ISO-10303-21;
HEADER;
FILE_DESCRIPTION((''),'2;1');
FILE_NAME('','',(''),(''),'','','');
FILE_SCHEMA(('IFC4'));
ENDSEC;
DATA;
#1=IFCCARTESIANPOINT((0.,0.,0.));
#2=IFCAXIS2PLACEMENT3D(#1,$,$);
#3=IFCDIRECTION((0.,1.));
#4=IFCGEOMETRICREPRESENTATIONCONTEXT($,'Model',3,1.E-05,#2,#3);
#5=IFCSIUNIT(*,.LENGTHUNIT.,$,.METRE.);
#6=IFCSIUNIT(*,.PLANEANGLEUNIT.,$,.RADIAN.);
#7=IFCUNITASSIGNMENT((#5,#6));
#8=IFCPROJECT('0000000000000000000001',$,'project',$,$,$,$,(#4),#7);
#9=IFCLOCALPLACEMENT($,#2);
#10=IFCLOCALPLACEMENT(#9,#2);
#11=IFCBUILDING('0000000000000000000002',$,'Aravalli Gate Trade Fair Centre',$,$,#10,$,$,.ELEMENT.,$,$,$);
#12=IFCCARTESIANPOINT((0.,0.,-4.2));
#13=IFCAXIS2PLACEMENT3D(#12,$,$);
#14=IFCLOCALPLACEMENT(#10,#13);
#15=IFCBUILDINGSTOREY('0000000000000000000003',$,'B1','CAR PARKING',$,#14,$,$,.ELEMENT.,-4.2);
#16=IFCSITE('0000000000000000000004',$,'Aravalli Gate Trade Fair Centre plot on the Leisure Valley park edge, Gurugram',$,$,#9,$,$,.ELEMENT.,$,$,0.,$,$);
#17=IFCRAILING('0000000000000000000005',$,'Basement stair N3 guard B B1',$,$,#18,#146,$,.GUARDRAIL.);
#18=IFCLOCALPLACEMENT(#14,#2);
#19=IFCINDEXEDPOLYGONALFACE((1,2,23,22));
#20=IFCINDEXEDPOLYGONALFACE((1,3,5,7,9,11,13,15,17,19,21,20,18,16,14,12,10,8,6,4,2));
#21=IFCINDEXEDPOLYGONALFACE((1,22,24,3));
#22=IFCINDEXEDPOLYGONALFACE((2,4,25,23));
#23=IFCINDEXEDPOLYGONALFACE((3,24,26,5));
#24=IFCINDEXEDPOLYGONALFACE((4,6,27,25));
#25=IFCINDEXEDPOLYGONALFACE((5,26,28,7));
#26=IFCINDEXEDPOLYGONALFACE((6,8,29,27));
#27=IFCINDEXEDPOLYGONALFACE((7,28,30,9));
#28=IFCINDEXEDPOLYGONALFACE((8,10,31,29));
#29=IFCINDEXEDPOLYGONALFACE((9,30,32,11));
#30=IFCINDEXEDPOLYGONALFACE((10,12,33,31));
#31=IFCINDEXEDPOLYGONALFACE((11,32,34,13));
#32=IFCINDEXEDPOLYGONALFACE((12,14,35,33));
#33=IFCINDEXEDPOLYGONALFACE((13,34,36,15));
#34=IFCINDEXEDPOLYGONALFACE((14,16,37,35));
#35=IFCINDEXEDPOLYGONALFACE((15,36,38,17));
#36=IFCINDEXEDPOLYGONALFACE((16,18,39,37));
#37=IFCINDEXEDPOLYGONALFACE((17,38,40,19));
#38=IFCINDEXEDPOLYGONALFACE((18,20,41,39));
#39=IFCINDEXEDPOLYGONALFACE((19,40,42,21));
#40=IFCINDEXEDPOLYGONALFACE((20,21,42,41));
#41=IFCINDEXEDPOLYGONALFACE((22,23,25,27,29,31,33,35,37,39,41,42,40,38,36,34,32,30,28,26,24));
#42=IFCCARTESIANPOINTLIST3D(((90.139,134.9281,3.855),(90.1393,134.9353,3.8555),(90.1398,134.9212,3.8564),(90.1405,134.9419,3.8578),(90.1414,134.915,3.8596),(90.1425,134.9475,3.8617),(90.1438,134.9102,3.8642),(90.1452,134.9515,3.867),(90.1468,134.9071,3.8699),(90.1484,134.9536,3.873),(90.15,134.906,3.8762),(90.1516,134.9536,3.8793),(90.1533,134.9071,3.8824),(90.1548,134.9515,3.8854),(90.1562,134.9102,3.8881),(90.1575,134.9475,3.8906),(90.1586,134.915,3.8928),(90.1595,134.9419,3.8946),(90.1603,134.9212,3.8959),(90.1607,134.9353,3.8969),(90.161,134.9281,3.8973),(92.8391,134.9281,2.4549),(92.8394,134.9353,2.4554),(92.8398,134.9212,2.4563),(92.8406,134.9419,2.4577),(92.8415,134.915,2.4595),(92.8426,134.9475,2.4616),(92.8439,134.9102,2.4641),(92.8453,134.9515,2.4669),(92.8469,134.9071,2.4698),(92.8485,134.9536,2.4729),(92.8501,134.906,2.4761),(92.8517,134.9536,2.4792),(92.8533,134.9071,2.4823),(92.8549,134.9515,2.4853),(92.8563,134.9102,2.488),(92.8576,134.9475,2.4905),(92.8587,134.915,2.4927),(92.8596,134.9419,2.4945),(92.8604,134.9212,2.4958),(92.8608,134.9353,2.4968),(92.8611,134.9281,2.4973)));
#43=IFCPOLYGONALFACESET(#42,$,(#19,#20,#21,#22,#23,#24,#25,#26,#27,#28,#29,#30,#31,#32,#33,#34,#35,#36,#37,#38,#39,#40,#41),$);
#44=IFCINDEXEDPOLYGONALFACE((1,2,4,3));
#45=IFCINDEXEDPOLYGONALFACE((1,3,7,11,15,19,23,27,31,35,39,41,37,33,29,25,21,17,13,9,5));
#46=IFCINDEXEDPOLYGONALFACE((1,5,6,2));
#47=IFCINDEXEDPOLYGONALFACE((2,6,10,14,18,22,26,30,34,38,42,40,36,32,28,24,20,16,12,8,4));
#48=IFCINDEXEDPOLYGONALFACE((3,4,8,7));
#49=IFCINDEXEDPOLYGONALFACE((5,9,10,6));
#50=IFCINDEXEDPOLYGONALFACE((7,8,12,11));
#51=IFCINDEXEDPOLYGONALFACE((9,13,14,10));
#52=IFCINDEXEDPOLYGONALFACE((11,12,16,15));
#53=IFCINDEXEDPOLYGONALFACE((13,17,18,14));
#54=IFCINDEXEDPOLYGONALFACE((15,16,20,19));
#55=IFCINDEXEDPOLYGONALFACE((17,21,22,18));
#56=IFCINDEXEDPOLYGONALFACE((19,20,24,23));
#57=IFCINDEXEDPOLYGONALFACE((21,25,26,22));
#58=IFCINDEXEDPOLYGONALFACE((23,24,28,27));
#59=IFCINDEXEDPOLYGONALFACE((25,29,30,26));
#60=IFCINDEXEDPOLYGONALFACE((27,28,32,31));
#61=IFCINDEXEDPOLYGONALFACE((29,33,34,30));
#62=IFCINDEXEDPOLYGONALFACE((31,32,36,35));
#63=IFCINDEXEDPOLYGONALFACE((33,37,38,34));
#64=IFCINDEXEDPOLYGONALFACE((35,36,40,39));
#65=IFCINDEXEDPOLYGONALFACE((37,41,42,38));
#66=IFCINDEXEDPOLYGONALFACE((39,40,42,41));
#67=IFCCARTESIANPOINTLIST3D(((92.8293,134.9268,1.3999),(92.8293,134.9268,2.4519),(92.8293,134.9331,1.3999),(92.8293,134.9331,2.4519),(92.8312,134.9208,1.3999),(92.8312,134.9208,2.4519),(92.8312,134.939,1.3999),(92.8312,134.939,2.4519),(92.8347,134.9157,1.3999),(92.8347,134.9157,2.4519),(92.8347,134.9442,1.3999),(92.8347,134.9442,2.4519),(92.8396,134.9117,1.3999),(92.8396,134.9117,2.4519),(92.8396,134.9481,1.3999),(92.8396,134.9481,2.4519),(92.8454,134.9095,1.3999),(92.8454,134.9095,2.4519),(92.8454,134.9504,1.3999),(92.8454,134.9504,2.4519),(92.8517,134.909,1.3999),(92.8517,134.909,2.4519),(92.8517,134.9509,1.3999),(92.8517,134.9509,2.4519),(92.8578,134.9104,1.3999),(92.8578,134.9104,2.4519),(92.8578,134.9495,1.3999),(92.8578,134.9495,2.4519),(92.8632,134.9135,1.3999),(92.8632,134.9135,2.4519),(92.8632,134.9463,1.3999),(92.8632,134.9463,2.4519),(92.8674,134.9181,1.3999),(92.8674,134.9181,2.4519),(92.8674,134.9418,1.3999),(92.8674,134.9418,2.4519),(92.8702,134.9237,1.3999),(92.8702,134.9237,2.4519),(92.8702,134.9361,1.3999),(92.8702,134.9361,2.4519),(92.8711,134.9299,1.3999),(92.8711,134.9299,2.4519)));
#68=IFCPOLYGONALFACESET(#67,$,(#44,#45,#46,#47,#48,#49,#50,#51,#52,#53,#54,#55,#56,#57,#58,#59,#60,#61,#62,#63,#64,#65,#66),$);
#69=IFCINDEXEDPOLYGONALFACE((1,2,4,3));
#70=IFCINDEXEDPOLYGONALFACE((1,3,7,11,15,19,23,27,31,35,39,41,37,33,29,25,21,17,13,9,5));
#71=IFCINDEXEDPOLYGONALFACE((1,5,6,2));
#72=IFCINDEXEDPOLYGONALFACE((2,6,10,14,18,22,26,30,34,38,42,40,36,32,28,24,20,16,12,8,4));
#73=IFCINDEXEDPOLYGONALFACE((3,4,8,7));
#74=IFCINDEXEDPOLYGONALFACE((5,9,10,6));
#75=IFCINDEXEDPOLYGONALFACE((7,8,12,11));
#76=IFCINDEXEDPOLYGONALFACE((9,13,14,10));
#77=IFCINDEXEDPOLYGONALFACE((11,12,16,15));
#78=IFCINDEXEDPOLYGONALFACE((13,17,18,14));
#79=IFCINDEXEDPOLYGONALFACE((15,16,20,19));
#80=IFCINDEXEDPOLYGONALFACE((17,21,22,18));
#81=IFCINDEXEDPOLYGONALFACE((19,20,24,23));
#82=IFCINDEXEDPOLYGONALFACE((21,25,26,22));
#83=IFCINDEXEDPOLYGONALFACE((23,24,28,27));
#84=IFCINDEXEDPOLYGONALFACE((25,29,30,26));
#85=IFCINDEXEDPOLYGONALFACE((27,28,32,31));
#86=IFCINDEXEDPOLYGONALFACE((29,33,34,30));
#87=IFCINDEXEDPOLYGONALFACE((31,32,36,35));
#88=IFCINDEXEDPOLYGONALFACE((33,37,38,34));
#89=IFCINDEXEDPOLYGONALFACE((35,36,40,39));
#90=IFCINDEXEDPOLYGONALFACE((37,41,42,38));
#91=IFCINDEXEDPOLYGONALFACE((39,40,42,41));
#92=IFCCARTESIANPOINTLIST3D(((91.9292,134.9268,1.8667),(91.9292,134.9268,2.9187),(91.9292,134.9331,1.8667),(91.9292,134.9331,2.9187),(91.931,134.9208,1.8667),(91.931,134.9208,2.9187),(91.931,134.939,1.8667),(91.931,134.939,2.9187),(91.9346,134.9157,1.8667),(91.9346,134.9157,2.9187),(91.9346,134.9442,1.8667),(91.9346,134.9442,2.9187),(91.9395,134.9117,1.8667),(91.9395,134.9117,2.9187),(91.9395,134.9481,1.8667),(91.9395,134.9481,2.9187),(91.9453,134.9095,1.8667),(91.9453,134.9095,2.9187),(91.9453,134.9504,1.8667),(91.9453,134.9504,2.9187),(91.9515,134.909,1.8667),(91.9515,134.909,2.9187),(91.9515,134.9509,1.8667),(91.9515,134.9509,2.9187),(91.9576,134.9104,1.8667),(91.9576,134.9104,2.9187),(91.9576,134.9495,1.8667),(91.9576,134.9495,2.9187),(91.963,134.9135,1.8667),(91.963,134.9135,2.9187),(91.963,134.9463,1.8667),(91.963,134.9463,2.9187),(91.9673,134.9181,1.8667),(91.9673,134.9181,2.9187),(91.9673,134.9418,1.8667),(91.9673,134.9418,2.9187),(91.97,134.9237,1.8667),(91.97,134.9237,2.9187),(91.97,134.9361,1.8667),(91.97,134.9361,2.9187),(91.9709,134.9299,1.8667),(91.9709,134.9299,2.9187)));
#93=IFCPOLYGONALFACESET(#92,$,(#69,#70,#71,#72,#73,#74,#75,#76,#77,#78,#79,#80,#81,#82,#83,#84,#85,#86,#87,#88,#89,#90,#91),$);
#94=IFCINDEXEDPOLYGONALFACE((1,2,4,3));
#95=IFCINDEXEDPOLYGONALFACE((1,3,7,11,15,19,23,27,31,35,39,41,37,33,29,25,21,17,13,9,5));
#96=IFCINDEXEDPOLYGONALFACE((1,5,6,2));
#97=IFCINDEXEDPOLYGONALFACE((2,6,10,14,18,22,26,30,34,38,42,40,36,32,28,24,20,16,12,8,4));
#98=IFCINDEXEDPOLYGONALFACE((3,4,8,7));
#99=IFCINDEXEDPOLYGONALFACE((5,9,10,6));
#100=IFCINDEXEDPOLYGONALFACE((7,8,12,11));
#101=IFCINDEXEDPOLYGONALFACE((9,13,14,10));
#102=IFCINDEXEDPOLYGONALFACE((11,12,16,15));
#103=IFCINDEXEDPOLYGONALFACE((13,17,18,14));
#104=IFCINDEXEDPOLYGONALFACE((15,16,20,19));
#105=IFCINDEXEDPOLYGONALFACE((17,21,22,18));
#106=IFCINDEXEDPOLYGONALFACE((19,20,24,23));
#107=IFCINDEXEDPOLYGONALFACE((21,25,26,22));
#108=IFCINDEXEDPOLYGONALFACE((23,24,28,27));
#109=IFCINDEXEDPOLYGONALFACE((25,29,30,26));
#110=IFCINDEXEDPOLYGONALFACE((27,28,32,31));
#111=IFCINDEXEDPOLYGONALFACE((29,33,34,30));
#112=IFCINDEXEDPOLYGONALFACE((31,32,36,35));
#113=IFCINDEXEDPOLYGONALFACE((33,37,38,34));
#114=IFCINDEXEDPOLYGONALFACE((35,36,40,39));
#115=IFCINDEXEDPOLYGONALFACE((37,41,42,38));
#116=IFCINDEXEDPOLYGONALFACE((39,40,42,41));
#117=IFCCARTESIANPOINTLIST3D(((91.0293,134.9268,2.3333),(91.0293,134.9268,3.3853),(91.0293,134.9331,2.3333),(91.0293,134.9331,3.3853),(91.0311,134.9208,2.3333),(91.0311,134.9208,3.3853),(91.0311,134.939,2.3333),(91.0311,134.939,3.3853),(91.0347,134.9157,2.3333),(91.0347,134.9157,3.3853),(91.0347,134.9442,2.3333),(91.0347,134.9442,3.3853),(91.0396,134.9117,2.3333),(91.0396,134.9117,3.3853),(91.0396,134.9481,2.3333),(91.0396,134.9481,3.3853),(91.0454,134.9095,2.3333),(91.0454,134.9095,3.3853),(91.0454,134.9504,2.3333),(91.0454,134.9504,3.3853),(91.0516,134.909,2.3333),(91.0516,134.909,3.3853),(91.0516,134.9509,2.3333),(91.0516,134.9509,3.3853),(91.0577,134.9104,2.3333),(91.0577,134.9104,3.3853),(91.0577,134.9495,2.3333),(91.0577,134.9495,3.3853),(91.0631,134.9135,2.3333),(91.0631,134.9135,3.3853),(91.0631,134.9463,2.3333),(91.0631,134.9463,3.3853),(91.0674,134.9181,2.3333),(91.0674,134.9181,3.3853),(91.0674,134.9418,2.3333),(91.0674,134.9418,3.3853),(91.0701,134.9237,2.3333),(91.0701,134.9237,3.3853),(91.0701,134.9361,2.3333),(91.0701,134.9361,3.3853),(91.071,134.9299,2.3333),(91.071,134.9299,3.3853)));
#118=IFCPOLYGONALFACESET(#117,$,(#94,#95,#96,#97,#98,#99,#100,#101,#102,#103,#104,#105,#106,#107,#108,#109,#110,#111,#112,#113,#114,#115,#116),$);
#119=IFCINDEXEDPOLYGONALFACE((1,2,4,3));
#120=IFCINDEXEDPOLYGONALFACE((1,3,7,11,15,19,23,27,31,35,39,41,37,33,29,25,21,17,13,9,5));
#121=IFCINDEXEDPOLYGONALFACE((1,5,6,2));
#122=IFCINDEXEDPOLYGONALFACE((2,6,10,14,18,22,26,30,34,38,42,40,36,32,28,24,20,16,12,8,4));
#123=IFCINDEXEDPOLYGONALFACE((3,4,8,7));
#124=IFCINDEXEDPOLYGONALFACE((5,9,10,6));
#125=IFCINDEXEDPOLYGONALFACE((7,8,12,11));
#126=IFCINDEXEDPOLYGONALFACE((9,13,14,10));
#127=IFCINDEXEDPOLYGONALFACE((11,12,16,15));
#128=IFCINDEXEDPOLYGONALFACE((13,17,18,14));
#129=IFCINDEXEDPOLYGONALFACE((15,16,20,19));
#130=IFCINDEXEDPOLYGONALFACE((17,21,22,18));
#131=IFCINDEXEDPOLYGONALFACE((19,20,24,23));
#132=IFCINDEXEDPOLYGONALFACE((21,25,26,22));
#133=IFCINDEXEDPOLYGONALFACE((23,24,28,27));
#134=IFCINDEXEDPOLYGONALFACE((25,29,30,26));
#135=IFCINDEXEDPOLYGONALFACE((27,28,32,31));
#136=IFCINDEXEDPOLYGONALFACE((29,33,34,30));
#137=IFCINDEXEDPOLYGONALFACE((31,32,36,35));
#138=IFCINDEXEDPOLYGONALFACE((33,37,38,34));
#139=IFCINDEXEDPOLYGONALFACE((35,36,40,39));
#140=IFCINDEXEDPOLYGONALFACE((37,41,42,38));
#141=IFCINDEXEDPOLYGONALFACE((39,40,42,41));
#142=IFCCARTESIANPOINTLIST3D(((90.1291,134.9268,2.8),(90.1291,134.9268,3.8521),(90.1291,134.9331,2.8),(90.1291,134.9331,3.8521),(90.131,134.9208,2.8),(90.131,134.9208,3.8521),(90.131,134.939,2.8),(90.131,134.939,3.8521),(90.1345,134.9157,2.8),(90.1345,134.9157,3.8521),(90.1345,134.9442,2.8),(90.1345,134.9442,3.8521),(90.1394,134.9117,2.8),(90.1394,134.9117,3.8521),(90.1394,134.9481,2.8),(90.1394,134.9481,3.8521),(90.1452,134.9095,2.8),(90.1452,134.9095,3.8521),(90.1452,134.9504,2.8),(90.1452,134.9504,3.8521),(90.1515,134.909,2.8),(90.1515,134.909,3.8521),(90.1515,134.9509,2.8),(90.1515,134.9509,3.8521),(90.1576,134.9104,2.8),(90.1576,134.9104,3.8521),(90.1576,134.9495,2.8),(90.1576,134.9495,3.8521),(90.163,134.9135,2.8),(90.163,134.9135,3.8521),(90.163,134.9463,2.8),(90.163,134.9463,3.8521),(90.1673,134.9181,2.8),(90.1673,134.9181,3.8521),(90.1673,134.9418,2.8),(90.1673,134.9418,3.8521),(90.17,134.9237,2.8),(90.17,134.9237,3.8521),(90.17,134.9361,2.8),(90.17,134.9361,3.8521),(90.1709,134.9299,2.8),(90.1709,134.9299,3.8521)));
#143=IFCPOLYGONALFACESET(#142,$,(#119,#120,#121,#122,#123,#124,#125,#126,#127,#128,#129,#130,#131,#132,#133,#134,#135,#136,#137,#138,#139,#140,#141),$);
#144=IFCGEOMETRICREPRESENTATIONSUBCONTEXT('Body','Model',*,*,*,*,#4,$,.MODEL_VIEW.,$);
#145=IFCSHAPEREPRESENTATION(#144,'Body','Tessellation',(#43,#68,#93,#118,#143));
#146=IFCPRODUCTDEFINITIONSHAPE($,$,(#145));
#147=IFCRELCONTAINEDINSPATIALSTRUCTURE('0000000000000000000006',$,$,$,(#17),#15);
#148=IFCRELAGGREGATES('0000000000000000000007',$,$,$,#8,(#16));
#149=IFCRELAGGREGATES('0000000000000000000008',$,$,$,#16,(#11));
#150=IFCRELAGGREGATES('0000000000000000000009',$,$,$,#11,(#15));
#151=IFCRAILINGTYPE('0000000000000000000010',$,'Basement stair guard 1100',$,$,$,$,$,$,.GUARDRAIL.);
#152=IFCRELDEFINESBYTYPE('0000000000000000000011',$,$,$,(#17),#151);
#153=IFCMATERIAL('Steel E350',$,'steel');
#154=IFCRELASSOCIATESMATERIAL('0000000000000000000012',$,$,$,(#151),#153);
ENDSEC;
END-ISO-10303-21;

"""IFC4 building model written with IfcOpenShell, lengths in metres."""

from ifc_helpers import new_model, si_unit, direction, frame, origin, origin_2d, place, context, subcontext, project, spatial, circle, extrude, material, type_object, element, save


model = new_model("IFC4")

# Units and contexts
model_context = context("Model", 3, precision=1e-05, world=origin(), true_north=direction((0.0, 1.0)))
body_context = subcontext(model_context, "Body", "Model", "MODEL_VIEW")
ifc_project = project(units=[si_unit("LENGTHUNIT", "METRE"), si_unit("PLANEANGLEUNIT", "RADIAN")], contexts=[model_context])

# Site, building, storey
site_placement = place(None, origin())
site = spatial("IfcSite", under=ifc_project, at=site_placement, Name="Aravalli Gate Trade Fair Centre plot on the Leisure Valley park edge, Gurugram", CompositionType="ELEMENT", RefElevation=0.0)
building_placement = place(site_placement, origin())
building = spatial("IfcBuilding", under=site, at=building_placement, Name="Aravalli Gate Trade Fair Centre", CompositionType="ELEMENT")
storey_placement = place(building_placement, frame((0.0, 0.0, -4.2)))
storey = spatial("IfcBuildingStorey", under=building, at=storey_placement, Name="B1", Description="CAR PARKING", CompositionType="ELEMENT", Elevation=-4.2)

# Railing
ifc_material_1 = material(Name="Steel E350", Category="steel")
railing_type_1 = type_object("IfcRailingType", Name="Basement stair guard 1100", PredefinedType="GUARDRAIL", material=ifc_material_1)
for number, where, name in (
    (1, (92.8501, 134.9299, 1.3999), "Basement stair N3 guard B B1"),
):
    element("IfcRailing", number, at=place(storey_placement, frame(where)), inside=storey, type_object=railing_type_1, Name=name, PredefinedType="GUARDRAIL", context=body_context, shape_type="SweptSolid", body=[
        extrude(circle(Radius=0.0239, at=origin_2d()), frame((0.0, 0.0, 1.0762), z_axis=(-0.887748, 0.0, 0.460329), x_axis=(0.0, -1.0, 0.0)), (0.0, 0.0, 1.0), 3.0415),
        extrude(circle(Radius=0.021, at=origin_2d()), origin(), (0.0, 0.0, 1.0), 1.052),
        extrude(circle(Radius=0.021, at=origin_2d()), frame((-0.9001, 0.0, 0.4668)), (0.0, 0.0, 1.0), 1.052),
        extrude(circle(Radius=0.021, at=origin_2d()), frame((-1.8, 0.0, 0.9333)), (0.0, 0.0, 1.0), 1.052),
        extrude(circle(Radius=0.021, at=origin_2d()), frame((-2.7002, 0.0, 1.4001)), (0.0, 0.0, 1.0), 1.052),
    ])

save(model, "model.ifc")
